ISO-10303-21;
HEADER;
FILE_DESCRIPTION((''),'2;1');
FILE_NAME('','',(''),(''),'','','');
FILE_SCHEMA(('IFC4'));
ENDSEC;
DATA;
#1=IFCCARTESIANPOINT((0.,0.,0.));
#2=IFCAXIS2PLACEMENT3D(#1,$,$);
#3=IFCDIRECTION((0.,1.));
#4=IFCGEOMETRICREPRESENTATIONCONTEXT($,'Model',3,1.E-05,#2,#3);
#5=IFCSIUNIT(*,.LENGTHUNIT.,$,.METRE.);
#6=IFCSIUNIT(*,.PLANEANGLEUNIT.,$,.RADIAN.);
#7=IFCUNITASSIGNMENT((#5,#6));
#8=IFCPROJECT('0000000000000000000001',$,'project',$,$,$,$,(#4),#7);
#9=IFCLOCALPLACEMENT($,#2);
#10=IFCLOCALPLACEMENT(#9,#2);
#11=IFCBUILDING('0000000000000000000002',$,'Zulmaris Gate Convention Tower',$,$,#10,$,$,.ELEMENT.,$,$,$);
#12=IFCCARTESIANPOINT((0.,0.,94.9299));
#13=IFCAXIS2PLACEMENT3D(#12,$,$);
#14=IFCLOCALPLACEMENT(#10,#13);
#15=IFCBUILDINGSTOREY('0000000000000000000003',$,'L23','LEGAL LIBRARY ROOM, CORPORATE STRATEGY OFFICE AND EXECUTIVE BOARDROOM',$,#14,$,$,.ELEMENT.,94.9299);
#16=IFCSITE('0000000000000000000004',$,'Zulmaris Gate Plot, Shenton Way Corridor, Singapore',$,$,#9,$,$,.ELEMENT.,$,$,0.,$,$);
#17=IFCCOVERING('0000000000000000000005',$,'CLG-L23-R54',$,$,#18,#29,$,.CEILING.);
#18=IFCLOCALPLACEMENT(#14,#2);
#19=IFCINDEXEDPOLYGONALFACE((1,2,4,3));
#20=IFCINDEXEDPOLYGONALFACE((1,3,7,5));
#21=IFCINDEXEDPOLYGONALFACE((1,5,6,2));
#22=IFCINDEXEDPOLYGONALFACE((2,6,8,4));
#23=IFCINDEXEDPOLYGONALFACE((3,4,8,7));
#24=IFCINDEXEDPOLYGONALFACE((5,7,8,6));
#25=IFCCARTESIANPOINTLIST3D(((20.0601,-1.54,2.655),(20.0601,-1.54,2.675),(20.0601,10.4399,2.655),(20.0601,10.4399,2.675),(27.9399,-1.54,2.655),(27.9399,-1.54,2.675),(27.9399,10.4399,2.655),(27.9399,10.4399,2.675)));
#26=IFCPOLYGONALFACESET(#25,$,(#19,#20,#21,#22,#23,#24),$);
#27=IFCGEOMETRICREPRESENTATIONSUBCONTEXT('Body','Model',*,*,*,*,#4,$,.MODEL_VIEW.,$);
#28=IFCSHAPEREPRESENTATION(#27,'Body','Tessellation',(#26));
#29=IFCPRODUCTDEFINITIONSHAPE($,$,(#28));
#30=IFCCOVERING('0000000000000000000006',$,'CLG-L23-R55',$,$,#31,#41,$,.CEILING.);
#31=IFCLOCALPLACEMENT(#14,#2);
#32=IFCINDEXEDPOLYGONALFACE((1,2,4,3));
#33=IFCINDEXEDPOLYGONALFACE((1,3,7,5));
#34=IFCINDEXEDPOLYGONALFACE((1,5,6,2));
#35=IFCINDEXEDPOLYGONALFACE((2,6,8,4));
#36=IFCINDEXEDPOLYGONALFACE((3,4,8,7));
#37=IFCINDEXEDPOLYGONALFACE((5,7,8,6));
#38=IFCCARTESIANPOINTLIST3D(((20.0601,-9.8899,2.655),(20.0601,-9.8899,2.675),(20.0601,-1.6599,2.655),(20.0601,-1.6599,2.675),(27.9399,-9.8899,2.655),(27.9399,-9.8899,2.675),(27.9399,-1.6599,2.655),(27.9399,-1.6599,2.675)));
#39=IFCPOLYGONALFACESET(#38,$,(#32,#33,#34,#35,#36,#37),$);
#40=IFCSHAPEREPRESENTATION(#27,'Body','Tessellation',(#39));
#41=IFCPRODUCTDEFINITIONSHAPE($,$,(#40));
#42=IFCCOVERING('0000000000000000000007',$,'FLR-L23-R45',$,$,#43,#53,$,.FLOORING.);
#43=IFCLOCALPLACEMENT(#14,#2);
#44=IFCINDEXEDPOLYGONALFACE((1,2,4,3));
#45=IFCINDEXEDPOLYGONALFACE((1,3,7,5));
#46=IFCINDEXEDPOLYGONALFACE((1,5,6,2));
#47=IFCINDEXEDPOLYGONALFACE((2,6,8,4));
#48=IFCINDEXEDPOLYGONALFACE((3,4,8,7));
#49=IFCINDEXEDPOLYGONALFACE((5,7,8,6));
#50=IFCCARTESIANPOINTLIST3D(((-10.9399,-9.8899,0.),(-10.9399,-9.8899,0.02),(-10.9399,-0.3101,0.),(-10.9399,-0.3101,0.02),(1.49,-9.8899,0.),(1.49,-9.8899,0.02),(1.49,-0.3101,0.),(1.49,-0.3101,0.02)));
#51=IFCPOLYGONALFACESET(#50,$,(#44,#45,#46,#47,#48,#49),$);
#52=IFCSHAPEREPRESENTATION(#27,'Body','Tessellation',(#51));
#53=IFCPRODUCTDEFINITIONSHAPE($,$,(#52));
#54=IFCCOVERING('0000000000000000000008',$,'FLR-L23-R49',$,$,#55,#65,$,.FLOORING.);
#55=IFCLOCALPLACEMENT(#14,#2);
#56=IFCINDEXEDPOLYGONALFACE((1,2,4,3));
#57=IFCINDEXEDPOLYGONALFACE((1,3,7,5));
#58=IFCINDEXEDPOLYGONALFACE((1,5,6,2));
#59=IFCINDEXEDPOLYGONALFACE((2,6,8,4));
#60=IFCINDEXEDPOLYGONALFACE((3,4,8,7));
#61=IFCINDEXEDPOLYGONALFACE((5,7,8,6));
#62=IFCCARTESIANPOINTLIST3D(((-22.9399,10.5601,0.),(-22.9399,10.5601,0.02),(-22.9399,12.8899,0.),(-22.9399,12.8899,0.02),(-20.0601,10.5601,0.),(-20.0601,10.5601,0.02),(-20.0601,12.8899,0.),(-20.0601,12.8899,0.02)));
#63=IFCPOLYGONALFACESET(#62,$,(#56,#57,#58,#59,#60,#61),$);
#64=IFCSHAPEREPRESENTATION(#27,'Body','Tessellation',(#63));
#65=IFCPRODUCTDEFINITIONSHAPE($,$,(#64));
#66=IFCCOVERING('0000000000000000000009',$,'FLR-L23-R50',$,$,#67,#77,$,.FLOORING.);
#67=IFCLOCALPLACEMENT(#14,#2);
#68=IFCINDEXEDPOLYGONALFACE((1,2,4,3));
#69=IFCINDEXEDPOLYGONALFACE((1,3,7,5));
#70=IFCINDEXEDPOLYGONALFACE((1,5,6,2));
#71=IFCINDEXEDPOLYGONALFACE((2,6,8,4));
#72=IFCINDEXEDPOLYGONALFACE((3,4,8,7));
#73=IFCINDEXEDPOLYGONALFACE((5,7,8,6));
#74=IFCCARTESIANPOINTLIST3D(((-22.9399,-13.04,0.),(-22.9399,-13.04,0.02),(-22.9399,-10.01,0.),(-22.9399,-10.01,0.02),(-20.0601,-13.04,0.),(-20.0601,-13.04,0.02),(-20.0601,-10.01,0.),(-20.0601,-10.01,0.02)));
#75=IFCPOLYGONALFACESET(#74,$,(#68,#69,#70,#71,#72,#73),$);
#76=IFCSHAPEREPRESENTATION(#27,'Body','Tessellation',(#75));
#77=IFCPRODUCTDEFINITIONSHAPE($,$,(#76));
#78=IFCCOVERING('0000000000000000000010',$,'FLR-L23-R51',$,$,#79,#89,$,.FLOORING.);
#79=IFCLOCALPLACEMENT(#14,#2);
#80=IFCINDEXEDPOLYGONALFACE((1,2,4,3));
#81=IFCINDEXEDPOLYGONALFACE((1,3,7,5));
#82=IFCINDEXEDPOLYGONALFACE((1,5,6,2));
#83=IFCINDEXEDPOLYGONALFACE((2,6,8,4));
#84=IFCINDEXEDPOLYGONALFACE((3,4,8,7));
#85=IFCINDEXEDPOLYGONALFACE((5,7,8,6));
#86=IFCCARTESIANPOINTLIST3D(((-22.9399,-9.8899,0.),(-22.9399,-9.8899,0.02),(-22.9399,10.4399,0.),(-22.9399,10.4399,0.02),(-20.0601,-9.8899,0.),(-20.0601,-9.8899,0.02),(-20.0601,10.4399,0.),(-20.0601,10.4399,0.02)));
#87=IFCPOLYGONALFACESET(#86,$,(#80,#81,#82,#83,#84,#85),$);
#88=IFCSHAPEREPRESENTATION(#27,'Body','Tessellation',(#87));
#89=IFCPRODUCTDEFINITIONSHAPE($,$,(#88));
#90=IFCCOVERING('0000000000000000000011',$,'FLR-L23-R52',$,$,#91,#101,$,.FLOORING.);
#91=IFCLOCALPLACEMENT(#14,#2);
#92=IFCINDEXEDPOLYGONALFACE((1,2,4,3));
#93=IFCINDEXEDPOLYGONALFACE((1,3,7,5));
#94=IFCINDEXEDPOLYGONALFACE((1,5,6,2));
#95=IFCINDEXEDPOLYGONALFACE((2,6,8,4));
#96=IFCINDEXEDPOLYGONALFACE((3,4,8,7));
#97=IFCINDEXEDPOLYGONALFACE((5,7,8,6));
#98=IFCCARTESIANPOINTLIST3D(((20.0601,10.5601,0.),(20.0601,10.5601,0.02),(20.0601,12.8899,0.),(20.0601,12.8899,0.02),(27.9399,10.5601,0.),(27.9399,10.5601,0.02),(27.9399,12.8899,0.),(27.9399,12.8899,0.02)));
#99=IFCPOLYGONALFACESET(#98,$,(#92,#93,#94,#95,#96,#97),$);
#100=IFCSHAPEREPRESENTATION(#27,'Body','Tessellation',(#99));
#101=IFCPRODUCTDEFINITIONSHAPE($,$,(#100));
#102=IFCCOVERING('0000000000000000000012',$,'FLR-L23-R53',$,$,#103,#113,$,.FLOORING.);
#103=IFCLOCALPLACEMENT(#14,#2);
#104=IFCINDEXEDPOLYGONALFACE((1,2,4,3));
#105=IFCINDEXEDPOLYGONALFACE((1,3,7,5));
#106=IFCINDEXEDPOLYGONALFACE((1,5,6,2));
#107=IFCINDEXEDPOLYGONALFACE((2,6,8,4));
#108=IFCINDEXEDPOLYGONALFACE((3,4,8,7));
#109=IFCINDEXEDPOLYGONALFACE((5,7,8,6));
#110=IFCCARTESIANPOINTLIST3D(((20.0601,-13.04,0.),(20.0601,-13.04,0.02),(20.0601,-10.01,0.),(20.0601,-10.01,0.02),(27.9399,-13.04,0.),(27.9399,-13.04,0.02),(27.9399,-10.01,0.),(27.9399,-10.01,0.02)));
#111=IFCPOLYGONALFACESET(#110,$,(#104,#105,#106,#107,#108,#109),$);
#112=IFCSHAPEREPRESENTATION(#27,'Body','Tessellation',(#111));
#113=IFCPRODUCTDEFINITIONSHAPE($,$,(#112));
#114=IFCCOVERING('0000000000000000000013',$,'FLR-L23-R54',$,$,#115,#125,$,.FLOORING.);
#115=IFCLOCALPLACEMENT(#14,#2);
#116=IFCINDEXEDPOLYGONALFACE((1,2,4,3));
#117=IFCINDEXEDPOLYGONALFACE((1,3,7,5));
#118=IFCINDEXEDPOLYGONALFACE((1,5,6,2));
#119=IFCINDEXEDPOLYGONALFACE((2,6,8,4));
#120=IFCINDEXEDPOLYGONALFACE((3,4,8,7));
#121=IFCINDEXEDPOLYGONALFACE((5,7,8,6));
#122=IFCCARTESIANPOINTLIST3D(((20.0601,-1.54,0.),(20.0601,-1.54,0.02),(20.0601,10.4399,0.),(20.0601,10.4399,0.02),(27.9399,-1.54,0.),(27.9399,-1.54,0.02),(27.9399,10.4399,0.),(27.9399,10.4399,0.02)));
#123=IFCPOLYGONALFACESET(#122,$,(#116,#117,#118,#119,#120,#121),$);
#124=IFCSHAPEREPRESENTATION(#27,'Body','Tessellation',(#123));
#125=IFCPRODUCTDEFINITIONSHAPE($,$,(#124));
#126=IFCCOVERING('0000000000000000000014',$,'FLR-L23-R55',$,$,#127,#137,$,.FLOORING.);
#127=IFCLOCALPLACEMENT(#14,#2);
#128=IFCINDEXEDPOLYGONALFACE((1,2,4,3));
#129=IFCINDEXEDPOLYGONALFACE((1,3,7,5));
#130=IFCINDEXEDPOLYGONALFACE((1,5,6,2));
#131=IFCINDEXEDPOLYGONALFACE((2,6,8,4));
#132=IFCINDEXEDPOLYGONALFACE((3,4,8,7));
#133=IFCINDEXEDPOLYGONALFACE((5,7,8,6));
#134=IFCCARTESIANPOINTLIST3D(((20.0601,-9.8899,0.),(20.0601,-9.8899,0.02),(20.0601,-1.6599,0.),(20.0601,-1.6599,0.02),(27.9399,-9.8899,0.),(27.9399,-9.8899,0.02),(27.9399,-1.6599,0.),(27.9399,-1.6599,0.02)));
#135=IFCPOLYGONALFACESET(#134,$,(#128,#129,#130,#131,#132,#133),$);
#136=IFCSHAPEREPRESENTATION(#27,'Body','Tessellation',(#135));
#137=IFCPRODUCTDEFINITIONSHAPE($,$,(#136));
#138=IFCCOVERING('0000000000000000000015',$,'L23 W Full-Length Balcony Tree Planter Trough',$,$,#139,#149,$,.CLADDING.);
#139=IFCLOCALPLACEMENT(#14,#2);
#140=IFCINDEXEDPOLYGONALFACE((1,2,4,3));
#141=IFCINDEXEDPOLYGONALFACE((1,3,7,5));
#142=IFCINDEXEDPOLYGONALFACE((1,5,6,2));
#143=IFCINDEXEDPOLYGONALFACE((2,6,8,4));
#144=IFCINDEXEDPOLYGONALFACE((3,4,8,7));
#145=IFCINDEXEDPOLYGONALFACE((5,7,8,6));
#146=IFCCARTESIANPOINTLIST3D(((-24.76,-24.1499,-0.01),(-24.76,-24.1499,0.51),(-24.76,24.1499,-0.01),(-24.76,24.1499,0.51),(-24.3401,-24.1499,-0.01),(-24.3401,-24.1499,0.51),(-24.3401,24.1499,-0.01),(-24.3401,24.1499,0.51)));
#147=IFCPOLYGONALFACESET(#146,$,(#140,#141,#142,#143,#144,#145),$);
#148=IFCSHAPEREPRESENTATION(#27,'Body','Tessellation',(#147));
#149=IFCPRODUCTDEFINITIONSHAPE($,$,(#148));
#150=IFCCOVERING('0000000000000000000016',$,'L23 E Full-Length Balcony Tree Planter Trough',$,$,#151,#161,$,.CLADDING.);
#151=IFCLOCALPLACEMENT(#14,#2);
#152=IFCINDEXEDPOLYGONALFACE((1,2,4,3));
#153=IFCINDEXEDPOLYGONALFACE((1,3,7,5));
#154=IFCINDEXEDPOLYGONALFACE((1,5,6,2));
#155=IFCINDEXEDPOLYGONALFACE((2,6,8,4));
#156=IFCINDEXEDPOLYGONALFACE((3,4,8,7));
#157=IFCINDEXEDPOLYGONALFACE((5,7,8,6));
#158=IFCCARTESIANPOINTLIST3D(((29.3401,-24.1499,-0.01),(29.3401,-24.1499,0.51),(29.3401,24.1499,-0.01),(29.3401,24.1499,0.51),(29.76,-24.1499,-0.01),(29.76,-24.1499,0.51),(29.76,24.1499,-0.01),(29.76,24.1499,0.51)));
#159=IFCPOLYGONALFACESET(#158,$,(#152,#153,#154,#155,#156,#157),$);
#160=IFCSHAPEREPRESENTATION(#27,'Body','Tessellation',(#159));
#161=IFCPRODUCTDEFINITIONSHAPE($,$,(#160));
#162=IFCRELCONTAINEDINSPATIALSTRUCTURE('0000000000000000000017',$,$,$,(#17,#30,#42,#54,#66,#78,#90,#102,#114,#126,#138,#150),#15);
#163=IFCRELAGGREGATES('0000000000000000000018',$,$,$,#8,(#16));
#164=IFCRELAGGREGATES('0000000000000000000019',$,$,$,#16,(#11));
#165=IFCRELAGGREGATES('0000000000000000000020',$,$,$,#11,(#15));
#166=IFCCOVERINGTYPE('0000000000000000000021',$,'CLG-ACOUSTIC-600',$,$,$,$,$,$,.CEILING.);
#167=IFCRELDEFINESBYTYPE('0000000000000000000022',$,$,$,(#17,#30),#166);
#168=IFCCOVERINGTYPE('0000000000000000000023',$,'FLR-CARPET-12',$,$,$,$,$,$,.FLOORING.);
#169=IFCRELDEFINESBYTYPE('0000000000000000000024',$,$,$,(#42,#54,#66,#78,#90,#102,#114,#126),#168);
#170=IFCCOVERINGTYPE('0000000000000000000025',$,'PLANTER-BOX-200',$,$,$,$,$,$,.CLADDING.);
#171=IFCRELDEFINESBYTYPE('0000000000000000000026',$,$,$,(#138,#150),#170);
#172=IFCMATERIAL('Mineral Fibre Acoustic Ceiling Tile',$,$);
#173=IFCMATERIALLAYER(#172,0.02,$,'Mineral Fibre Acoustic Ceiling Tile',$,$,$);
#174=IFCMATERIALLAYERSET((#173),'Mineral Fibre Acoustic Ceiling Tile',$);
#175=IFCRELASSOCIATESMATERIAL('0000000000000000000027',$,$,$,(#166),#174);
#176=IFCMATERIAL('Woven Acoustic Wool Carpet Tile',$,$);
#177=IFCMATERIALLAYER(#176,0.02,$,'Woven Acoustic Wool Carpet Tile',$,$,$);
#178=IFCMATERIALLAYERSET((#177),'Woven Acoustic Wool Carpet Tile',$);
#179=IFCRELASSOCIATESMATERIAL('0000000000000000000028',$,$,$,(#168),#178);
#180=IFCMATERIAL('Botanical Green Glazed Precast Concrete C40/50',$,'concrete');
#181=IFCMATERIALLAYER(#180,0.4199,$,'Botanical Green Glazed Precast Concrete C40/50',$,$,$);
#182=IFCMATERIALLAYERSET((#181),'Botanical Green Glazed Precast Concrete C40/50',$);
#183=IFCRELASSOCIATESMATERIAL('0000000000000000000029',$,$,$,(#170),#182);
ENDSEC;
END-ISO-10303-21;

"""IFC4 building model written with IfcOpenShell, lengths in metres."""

from ifc_helpers import new_model, si_unit, direction, frame, origin, place, context, subcontext, project, spatial, polyline, outline, extrude, material, layer, layer_set, type_object, element, save


model = new_model("IFC4")

# Units and contexts
model_context = context("Model", 3, precision=1e-05, world=origin(), true_north=direction((0.0, 1.0)))
body_context = subcontext(model_context, "Body", "Model", "MODEL_VIEW")
ifc_project = project(units=[si_unit("LENGTHUNIT", "METRE"), si_unit("PLANEANGLEUNIT", "RADIAN")], contexts=[model_context])

# Site, building, storey
site_placement = place(None, origin())
site = spatial("IfcSite", under=ifc_project, at=site_placement, Name="Zulmaris Gate Plot, Shenton Way Corridor, Singapore", CompositionType="ELEMENT", RefElevation=0.0)
building_placement = place(site_placement, origin())
building = spatial("IfcBuilding", under=site, at=building_placement, Name="Zulmaris Gate Convention Tower", CompositionType="ELEMENT")
storey_placement = place(building_placement, frame((0.0, 0.0, 94.9299)))
storey = spatial("IfcBuildingStorey", under=building, at=storey_placement, Name="L23", Description="LEGAL LIBRARY ROOM, CORPORATE STRATEGY OFFICE AND EXECUTIVE BOARDROOM", CompositionType="ELEMENT", Elevation=94.9299)

# Coverings
ifc_material_1 = material(Name="Mineral Fibre Acoustic Ceiling Tile")
ifc_layer_1 = layer(ifc_material_1, 0.02, Name="Mineral Fibre Acoustic Ceiling Tile")
ifc_layer_set_1 = layer_set([ifc_layer_1], Name="Mineral Fibre Acoustic Ceiling Tile")
covering_type_1 = type_object("IfcCoveringType", Name="CLG-ACOUSTIC-600", PredefinedType="CEILING", material=ifc_layer_set_1)
covering_1_placement = place(storey_placement, frame((0.0, 0.0, 2.655)))
element("IfcCovering", 1, at=covering_1_placement, inside=storey, type_object=covering_type_1, Name="CLG-L23-R54", PredefinedType="CEILING", context=body_context, shape_type="SweptSolid", body=[
    extrude(outline(polyline([(20.0601, -1.54), (27.9399, -1.54), (27.9399, 10.4399), (20.0601, 10.4399), (20.0601, -1.54)])), origin(), (0.0, 0.0, 1.0), 0.02),
])
covering_2_placement = place(storey_placement, frame((0.0, 0.0, 2.655)))
element("IfcCovering", 2, at=covering_2_placement, inside=storey, type_object=covering_type_1, Name="CLG-L23-R55", PredefinedType="CEILING", context=body_context, shape_type="SweptSolid", body=[
    extrude(outline(polyline([(20.0601, -9.8899), (27.9399, -9.8899), (27.9399, -1.6599), (20.0601, -1.6599), (20.0601, -9.8899)])), origin(), (0.0, 0.0, 1.0), 0.02),
])
ifc_material_2 = material(Name="Woven Acoustic Wool Carpet Tile")
ifc_layer_2 = layer(ifc_material_2, 0.02, Name="Woven Acoustic Wool Carpet Tile")
ifc_layer_set_2 = layer_set([ifc_layer_2], Name="Woven Acoustic Wool Carpet Tile")
covering_type_2 = type_object("IfcCoveringType", Name="FLR-CARPET-12", PredefinedType="FLOORING", material=ifc_layer_set_2)
covering_3_placement = place(storey_placement, origin())
element("IfcCovering", 3, at=covering_3_placement, inside=storey, type_object=covering_type_2, Name="FLR-L23-R45", PredefinedType="FLOORING", context=body_context, shape_type="SweptSolid", body=[
    extrude(outline(polyline([(-10.9399, -9.8899), (1.49, -9.8899), (1.49, -0.3101), (-10.9399, -0.3101), (-10.9399, -9.8899)])), origin(), (0.0, 0.0, 1.0), 0.02),
])
covering_4_placement = place(storey_placement, origin())
element("IfcCovering", 4, at=covering_4_placement, inside=storey, type_object=covering_type_2, Name="FLR-L23-R49", PredefinedType="FLOORING", context=body_context, shape_type="SweptSolid", body=[
    extrude(outline(polyline([(-22.9399, 10.5601), (-20.0601, 10.5601), (-20.0601, 12.8899), (-22.9399, 12.8899), (-22.9399, 10.5601)])), origin(), (0.0, 0.0, 1.0), 0.02),
])
covering_5_placement = place(storey_placement, origin())
element("IfcCovering", 5, at=covering_5_placement, inside=storey, type_object=covering_type_2, Name="FLR-L23-R50", PredefinedType="FLOORING", context=body_context, shape_type="SweptSolid", body=[
    extrude(outline(polyline([(-22.9399, -13.04), (-20.0601, -13.04), (-20.0601, -10.01), (-22.9399, -10.01), (-22.9399, -13.04)])), origin(), (0.0, 0.0, 1.0), 0.02),
])
covering_6_placement = place(storey_placement, origin())
element("IfcCovering", 6, at=covering_6_placement, inside=storey, type_object=covering_type_2, Name="FLR-L23-R51", PredefinedType="FLOORING", context=body_context, shape_type="SweptSolid", body=[
    extrude(outline(polyline([(-22.9399, -9.8899), (-20.0601, -9.8899), (-20.0601, 10.4399), (-22.9399, 10.4399), (-22.9399, -9.8899)])), origin(), (0.0, 0.0, 1.0), 0.02),
])
covering_7_placement = place(storey_placement, origin())
element("IfcCovering", 7, at=covering_7_placement, inside=storey, type_object=covering_type_2, Name="FLR-L23-R52", PredefinedType="FLOORING", context=body_context, shape_type="SweptSolid", body=[
    extrude(outline(polyline([(20.0601, 10.5601), (27.9399, 10.5601), (27.9399, 12.8899), (20.0601, 12.8899), (20.0601, 10.5601)])), origin(), (0.0, 0.0, 1.0), 0.02),
])
covering_8_placement = place(storey_placement, origin())
element("IfcCovering", 8, at=covering_8_placement, inside=storey, type_object=covering_type_2, Name="FLR-L23-R53", PredefinedType="FLOORING", context=body_context, shape_type="SweptSolid", body=[
    extrude(outline(polyline([(20.0601, -13.04), (27.9399, -13.04), (27.9399, -10.01), (20.0601, -10.01), (20.0601, -13.04)])), origin(), (0.0, 0.0, 1.0), 0.02),
])
covering_9_placement = place(storey_placement, origin())
element("IfcCovering", 9, at=covering_9_placement, inside=storey, type_object=covering_type_2, Name="FLR-L23-R54", PredefinedType="FLOORING", context=body_context, shape_type="SweptSolid", body=[
    extrude(outline(polyline([(20.0601, -1.54), (27.9399, -1.54), (27.9399, 10.4399), (20.0601, 10.4399), (20.0601, -1.54)])), origin(), (0.0, 0.0, 1.0), 0.02),
])
covering_10_placement = place(storey_placement, origin())
element("IfcCovering", 10, at=covering_10_placement, inside=storey, type_object=covering_type_2, Name="FLR-L23-R55", PredefinedType="FLOORING", context=body_context, shape_type="SweptSolid", body=[
    extrude(outline(polyline([(20.0601, -9.8899), (27.9399, -9.8899), (27.9399, -1.6599), (20.0601, -1.6599), (20.0601, -9.8899)])), origin(), (0.0, 0.0, 1.0), 0.02),
])
ifc_material_3 = material(Name="Botanical Green Glazed Precast Concrete C40/50", Category="concrete")
ifc_layer_3 = layer(ifc_material_3, 0.4199, Name="Botanical Green Glazed Precast Concrete C40/50")
ifc_layer_set_3 = layer_set([ifc_layer_3], Name="Botanical Green Glazed Precast Concrete C40/50")
covering_type_3 = type_object("IfcCoveringType", Name="PLANTER-BOX-200", PredefinedType="CLADDING", material=ifc_layer_set_3)
covering_11_placement = place(storey_placement, frame((0.0, 0.0, -0.01)))
element("IfcCovering", 11, at=covering_11_placement, inside=storey, type_object=covering_type_3, Name="L23 W Full-Length Balcony Tree Planter Trough", PredefinedType="CLADDING", context=body_context, shape_type="SweptSolid", body=[
    extrude(outline(polyline([(-24.76, -24.1499), (-24.3401, -24.1499), (-24.3401, 24.1499), (-24.76, 24.1499), (-24.76, -24.1499)])), origin(), (0.0, 0.0, 1.0), 0.52),
])
covering_12_placement = place(storey_placement, frame((0.0, 0.0, -0.01)))
element("IfcCovering", 12, at=covering_12_placement, inside=storey, type_object=covering_type_3, Name="L23 E Full-Length Balcony Tree Planter Trough", PredefinedType="CLADDING", context=body_context, shape_type="SweptSolid", body=[
    extrude(outline(polyline([(29.3401, -24.1499), (29.76, -24.1499), (29.76, 24.1499), (29.3401, 24.1499), (29.3401, -24.1499)])), origin(), (0.0, 0.0, 1.0), 0.52),
])

save(model, "model.ifc")
